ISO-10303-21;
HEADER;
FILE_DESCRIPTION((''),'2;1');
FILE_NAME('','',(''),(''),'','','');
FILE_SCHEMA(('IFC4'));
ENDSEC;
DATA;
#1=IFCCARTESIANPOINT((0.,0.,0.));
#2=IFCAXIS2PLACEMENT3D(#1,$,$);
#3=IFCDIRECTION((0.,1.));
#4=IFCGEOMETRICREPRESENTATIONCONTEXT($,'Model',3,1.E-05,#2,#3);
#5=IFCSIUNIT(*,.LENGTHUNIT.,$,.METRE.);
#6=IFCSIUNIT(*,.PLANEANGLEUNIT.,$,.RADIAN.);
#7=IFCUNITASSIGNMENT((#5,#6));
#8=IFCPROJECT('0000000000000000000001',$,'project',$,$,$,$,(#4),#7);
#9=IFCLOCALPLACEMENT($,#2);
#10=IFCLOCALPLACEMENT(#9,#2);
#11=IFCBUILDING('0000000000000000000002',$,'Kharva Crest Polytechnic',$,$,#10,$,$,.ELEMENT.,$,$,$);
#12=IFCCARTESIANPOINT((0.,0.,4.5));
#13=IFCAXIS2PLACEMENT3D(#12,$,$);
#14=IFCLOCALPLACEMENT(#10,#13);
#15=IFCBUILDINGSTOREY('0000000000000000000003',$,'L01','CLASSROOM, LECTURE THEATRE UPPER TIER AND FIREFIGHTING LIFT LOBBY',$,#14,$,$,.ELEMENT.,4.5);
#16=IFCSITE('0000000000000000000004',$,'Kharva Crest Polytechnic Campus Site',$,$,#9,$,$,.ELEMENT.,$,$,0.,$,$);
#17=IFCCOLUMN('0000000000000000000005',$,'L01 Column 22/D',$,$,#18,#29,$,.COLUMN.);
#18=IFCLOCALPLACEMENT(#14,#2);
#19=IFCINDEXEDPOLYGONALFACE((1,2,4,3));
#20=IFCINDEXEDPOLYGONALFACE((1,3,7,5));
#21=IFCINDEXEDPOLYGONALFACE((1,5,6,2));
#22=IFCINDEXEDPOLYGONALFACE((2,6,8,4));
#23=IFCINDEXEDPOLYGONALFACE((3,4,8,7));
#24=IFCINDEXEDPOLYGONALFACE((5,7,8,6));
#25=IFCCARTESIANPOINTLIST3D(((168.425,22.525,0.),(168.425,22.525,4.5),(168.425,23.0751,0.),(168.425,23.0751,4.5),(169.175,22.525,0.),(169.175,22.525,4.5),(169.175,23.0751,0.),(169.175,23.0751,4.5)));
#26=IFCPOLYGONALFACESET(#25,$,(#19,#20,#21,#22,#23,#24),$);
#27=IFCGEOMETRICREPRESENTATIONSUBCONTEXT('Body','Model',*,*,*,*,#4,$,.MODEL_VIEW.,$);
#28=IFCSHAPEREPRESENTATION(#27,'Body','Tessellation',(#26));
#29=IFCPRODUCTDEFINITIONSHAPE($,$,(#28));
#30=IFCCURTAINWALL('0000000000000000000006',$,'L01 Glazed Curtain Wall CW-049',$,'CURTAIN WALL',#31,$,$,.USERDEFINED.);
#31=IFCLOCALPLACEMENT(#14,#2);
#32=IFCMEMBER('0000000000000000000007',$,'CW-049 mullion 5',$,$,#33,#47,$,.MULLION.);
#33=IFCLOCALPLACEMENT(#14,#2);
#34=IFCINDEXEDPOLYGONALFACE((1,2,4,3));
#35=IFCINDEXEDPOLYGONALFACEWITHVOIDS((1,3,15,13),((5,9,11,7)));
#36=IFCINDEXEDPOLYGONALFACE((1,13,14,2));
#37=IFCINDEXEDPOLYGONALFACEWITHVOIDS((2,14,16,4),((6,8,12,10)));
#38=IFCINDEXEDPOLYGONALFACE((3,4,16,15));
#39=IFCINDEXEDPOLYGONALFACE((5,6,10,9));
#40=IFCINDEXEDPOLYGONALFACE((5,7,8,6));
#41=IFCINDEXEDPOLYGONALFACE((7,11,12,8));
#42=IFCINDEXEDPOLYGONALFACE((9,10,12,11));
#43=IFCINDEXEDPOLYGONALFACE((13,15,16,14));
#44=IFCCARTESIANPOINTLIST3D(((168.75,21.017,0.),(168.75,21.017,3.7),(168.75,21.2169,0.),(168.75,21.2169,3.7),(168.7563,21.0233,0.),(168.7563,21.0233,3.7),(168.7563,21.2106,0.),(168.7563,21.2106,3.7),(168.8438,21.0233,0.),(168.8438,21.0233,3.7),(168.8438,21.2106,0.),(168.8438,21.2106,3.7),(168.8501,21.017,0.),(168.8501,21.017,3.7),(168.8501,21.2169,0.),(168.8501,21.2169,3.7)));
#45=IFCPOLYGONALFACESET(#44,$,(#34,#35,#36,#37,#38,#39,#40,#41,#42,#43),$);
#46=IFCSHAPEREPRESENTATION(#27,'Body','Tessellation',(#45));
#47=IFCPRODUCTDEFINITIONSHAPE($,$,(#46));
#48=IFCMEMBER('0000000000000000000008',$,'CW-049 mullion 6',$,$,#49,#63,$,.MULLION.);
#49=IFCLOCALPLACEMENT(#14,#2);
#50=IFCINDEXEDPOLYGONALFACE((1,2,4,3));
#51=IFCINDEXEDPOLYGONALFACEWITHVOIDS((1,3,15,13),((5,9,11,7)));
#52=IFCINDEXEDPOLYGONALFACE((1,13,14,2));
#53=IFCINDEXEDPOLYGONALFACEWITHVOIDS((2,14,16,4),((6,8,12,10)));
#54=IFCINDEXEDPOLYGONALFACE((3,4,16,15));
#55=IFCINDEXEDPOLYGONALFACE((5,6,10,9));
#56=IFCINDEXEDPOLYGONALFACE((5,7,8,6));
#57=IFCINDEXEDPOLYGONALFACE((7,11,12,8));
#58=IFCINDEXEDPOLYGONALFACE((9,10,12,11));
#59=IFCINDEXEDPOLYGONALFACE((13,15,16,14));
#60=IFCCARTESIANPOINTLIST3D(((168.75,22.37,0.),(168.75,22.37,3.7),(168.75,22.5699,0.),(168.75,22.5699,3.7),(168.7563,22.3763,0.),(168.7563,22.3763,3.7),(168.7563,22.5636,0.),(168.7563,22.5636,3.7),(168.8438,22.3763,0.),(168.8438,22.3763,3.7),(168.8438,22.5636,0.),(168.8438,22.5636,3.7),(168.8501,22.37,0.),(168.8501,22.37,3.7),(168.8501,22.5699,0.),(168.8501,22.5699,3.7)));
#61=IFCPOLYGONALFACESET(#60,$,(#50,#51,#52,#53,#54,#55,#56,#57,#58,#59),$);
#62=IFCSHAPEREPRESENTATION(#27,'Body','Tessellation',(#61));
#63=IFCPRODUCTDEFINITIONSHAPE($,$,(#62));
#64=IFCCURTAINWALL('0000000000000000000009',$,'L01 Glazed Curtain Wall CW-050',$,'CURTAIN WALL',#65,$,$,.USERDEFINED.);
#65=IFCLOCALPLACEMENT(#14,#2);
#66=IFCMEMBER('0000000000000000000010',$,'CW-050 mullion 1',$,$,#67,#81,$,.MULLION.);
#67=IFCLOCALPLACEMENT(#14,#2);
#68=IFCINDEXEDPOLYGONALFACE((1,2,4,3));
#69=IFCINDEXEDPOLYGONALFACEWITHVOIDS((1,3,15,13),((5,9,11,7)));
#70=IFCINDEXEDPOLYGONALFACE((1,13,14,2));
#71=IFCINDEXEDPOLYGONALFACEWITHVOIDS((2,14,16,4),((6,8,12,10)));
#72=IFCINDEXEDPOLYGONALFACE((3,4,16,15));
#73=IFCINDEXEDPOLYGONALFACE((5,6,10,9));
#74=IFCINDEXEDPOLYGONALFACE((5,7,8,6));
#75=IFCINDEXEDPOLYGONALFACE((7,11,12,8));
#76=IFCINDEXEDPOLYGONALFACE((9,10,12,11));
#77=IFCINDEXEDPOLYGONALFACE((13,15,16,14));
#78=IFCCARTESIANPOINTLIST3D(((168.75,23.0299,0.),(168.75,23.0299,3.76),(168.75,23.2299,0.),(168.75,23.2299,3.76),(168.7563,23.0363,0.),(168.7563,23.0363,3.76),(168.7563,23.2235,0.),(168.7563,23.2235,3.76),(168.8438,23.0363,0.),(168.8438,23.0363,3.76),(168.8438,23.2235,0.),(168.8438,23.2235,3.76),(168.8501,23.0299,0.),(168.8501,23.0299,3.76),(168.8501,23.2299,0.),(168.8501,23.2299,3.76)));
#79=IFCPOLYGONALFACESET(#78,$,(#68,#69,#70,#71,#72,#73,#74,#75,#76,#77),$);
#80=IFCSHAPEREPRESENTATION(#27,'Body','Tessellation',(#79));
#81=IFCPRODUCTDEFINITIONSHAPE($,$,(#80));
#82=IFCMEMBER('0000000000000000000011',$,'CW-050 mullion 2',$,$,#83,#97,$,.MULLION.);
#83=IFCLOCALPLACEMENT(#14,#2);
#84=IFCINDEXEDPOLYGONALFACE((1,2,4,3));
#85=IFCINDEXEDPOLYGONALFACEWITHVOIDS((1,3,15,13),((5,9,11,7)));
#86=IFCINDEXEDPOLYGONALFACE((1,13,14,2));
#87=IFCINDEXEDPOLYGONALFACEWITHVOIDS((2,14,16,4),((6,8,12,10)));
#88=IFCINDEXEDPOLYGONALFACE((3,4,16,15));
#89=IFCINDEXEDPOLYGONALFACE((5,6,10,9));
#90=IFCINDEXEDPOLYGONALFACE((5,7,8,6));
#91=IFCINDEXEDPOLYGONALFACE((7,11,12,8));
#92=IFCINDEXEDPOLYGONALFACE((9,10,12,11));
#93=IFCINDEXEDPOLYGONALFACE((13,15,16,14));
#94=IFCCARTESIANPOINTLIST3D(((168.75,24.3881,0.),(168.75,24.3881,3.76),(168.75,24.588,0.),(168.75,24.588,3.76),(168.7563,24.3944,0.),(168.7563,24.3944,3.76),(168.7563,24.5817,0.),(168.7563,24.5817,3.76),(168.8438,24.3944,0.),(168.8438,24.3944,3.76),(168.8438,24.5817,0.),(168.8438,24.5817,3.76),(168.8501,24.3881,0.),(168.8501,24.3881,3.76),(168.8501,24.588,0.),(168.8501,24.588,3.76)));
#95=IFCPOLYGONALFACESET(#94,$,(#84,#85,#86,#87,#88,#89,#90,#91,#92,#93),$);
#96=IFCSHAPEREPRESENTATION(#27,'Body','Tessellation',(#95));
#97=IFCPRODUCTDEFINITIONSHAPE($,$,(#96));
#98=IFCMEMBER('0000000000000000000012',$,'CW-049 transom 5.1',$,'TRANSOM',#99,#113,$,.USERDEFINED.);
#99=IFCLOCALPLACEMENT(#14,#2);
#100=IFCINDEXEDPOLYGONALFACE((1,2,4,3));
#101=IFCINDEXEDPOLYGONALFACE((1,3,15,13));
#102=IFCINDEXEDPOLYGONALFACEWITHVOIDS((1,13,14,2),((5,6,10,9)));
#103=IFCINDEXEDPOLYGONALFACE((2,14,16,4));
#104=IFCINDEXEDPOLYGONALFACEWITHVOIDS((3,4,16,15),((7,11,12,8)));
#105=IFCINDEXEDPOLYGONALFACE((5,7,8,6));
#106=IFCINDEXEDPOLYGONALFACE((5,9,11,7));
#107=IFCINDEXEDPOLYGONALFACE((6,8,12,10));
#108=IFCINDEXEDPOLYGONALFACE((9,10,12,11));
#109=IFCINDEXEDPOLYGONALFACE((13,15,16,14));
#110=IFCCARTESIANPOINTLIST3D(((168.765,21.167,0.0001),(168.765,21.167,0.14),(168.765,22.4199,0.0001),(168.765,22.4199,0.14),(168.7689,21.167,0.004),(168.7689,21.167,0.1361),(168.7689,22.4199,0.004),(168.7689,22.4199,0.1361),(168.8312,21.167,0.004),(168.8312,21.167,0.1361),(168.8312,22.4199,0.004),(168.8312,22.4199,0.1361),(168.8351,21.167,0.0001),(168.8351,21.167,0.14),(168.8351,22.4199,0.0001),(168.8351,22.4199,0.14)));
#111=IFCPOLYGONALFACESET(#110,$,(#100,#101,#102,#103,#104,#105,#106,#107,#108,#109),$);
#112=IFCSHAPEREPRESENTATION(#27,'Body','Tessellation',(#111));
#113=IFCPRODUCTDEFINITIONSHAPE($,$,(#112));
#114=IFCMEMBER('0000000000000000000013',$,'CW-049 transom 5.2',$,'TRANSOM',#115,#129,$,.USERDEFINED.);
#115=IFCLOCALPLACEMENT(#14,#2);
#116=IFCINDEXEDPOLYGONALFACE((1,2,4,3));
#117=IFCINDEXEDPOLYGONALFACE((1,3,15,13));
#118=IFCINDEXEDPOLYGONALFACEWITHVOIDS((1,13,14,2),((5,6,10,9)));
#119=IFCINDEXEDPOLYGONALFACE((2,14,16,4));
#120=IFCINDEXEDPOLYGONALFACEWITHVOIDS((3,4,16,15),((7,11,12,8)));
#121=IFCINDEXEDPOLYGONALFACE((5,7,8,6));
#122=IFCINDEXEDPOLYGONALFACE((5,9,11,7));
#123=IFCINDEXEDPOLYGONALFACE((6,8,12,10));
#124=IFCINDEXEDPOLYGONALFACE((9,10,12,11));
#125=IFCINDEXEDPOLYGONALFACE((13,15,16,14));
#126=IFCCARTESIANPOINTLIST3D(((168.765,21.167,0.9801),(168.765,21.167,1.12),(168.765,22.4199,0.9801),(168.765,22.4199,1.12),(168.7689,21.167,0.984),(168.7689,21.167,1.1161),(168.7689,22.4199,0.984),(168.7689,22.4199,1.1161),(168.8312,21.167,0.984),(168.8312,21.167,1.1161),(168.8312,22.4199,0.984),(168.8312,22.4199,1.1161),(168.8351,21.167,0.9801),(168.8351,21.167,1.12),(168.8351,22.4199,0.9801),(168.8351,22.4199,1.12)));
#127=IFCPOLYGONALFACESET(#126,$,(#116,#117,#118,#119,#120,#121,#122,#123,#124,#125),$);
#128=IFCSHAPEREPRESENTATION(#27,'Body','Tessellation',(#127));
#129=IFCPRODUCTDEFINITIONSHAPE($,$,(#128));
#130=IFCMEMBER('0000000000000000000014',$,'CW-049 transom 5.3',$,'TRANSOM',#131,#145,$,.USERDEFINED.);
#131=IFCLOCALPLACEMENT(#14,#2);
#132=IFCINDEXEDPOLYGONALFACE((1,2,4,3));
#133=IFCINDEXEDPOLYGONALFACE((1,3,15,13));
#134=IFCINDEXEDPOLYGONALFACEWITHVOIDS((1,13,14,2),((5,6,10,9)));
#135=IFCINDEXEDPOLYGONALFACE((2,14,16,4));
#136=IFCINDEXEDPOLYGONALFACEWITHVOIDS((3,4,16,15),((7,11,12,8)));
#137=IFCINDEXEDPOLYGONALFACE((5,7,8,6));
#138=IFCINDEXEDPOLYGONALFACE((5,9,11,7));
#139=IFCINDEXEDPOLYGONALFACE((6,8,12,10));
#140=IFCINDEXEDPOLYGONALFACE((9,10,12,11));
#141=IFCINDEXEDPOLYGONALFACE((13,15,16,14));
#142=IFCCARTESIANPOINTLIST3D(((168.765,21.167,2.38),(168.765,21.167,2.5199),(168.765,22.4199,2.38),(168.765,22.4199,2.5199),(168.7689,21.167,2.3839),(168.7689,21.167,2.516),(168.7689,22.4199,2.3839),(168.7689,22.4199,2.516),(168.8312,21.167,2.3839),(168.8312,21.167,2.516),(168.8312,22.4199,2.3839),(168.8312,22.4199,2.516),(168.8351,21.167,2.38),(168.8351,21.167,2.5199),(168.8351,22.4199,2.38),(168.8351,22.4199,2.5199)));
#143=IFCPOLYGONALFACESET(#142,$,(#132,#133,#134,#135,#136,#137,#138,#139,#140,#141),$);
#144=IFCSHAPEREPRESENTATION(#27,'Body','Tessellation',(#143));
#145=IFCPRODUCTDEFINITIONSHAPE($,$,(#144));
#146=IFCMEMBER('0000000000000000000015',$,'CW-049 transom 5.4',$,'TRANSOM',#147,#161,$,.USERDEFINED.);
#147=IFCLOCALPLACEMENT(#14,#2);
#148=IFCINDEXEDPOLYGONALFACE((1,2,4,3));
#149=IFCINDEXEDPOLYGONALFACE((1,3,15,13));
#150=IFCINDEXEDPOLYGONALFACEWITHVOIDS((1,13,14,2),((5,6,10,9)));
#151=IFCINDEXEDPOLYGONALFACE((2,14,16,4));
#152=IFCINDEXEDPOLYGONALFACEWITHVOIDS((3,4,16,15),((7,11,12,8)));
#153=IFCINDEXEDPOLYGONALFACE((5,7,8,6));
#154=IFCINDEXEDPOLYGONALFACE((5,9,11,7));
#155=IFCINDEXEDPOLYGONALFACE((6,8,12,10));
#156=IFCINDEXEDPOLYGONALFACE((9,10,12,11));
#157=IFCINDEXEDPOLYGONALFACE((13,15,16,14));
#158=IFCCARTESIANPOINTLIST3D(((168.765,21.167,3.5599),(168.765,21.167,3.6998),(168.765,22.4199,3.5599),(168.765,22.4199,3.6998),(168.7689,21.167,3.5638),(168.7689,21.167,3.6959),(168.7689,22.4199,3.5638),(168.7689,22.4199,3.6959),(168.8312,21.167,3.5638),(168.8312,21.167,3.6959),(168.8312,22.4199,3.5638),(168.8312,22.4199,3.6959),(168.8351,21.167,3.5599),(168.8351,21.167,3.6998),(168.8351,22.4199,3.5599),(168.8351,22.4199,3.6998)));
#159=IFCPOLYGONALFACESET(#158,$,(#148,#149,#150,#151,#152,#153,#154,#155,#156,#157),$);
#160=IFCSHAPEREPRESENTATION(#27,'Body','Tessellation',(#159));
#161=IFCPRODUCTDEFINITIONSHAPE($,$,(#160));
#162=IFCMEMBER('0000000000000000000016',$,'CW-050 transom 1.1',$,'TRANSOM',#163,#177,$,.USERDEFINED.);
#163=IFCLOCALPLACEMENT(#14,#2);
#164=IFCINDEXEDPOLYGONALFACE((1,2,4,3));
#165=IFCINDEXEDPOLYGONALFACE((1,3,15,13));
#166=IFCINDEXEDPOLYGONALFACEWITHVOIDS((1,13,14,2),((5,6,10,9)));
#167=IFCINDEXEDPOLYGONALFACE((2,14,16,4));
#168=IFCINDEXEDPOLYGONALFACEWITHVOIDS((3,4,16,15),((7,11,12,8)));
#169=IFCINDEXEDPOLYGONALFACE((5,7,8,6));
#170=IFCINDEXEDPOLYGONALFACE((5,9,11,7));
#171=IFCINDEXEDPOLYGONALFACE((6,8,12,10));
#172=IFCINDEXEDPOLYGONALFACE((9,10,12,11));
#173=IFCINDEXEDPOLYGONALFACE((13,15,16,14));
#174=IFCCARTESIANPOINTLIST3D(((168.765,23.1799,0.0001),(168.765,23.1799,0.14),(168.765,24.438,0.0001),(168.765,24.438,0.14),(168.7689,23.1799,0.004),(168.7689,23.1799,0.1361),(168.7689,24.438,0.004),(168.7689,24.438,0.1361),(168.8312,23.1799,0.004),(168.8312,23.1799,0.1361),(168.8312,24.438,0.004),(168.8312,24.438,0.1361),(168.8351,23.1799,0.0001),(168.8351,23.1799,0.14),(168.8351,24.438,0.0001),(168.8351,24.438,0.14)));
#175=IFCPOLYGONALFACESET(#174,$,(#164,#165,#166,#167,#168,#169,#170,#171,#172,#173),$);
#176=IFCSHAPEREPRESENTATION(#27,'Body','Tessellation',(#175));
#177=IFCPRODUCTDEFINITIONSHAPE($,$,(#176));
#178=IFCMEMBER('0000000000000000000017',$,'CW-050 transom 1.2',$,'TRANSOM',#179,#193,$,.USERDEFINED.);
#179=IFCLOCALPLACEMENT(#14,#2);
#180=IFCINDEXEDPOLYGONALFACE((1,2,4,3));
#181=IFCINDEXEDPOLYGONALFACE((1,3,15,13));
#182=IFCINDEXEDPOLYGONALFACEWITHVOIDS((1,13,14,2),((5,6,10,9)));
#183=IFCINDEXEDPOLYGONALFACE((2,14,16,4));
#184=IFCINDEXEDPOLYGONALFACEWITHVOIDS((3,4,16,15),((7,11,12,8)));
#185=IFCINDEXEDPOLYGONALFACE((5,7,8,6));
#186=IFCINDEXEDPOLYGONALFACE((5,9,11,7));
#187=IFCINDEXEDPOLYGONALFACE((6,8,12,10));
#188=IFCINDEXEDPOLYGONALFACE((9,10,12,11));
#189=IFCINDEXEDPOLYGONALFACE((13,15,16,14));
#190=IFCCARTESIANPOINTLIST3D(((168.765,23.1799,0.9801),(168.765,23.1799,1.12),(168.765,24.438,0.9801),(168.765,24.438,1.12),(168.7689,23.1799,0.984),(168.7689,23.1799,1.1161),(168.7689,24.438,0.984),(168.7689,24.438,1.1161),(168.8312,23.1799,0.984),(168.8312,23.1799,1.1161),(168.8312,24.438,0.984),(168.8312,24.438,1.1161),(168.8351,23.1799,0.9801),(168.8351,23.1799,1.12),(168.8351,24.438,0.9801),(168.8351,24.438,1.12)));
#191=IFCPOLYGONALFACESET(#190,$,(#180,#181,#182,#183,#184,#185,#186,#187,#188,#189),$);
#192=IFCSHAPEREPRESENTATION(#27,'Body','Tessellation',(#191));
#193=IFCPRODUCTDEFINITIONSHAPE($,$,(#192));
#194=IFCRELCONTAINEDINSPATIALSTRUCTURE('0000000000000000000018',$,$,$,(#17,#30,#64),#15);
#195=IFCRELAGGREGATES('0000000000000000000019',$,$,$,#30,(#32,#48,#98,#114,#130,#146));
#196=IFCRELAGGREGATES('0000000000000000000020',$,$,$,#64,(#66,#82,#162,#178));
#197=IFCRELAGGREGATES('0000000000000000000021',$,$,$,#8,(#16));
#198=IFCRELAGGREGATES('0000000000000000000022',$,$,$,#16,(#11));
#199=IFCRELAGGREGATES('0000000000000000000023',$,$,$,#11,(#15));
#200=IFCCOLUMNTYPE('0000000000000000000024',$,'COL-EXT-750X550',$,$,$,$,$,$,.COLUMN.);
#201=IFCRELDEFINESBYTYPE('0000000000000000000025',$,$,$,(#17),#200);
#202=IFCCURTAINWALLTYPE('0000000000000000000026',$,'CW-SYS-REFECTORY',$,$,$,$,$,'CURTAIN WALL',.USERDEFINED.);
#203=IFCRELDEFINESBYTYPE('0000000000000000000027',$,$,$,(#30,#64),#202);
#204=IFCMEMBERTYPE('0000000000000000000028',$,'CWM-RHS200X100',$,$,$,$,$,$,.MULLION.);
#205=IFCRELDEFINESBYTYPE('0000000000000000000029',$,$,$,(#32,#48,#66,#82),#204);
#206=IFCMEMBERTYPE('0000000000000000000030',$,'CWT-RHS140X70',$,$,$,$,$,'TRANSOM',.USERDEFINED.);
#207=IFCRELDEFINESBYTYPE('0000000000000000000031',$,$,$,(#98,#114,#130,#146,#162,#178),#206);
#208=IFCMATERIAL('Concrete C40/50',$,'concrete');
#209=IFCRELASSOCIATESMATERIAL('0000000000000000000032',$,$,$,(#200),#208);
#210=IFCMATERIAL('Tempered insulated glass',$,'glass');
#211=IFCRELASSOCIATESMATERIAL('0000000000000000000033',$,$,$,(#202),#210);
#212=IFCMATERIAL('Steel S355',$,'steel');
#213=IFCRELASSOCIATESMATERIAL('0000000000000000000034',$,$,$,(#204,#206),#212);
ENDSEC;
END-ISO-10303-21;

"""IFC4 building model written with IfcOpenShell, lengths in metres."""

from ifc_helpers import new_model, si_unit, direction, frame, origin, origin_2d, place, context, subcontext, project, spatial, rectangle, hollow_rectangle, extrude, material, material_profile, profile_set, type_object, element, aggregate, save


model = new_model("IFC4")

# Units and contexts
model_context = context("Model", 3, precision=1e-05, world=origin(), true_north=direction((0.0, 1.0)))
body_context = subcontext(model_context, "Body", "Model", "MODEL_VIEW")
ifc_project = project(units=[si_unit("LENGTHUNIT", "METRE"), si_unit("PLANEANGLEUNIT", "RADIAN")], contexts=[model_context])

# Site, building, storey
site_placement = place(None, origin())
site = spatial("IfcSite", under=ifc_project, at=site_placement, Name="Kharva Crest Polytechnic Campus Site", CompositionType="ELEMENT", RefElevation=0.0)
building_placement = place(site_placement, origin())
building = spatial("IfcBuilding", under=site, at=building_placement, Name="Kharva Crest Polytechnic", CompositionType="ELEMENT")
storey_placement = place(building_placement, frame((0.0, 0.0, 4.5)))
storey = spatial("IfcBuildingStorey", under=building, at=storey_placement, Name="L01", Description="CLASSROOM, LECTURE THEATRE UPPER TIER AND FIREFIGHTING LIFT LOBBY", CompositionType="ELEMENT", Elevation=4.5)

# Column
ifc_material_1 = material(Name="Concrete C40/50", Category="concrete")
ifc_material_profile_1 = material_profile(ifc_material_1, rectangle(XDim=0.75, YDim=0.55, at=origin_2d()), Name="RECT 750 X 550")
ifc_profile_set_1 = profile_set([ifc_material_profile_1], Name="Concrete C40/50")
column_type = type_object("IfcColumnType", Name="COL-EXT-750X550", PredefinedType="COLUMN", material=ifc_profile_set_1)
column_placement = place(storey_placement, frame((168.8, 22.8, 0.0), z_axis=(0.0, 0.0, 1.0), x_axis=(1.0, 0.0, 0.0)))
element("IfcColumn", 1, at=column_placement, inside=storey, type_object=column_type, Name="L01 Column 22/D", PredefinedType="COLUMN", context=body_context, shape_type="SweptSolid", body=[
    extrude(rectangle(XDim=0.75, YDim=0.55, at=origin_2d()), origin(), (0.0, 0.0, 1.0), 4.5),
])

# Curtain walls, members
ifc_material_2 = material(Name="Tempered insulated glass", Category="glass")
curtain_wall_type = type_object("IfcCurtainWallType", Name="CW-SYS-REFECTORY", ElementType="CURTAIN WALL", PredefinedType="USERDEFINED", material=ifc_material_2)
curtain_wall_1_placement = place(storey_placement, origin())
curtain_wall_1 = element("IfcCurtainWall", 2, at=curtain_wall_1_placement, inside=storey, type_object=curtain_wall_type, Name="L01 Glazed Curtain Wall CW-049", ObjectType="CURTAIN WALL", PredefinedType="USERDEFINED")
ifc_material_3 = material(Name="Steel S355", Category="steel")
ifc_material_profile_2 = material_profile(ifc_material_3, hollow_rectangle(XDim=0.1001, YDim=0.2, WallThickness=0.0063, at=origin_2d()), Name="RHS 200X100X6.3")
ifc_profile_set_2 = profile_set([ifc_material_profile_2], Name="Steel S355")
member_type_1 = type_object("IfcMemberType", Name="CWM-RHS200X100", PredefinedType="MULLION", material=ifc_profile_set_2)
member_1_placement = place(storey_placement, frame((168.8, 21.1169, 0.0), z_axis=(0.0, 0.0, 1.0), x_axis=(-1.0, 0.0, 0.0)))
member_1 = element("IfcMember", 3, at=member_1_placement, type_object=member_type_1, Name="CW-049 mullion 5", PredefinedType="MULLION", context=body_context, shape_type="SweptSolid", body=[
    extrude(hollow_rectangle(XDim=0.1001, YDim=0.2, WallThickness=0.0063, at=origin_2d()), origin(), (0.0, 0.0, 1.0), 3.7),
])
member_2_placement = place(storey_placement, frame((168.8, 22.47, 0.0), z_axis=(0.0, 0.0, 1.0), x_axis=(-1.0, 0.0, 0.0)))
member_2 = element("IfcMember", 4, at=member_2_placement, type_object=member_type_1, Name="CW-049 mullion 6", PredefinedType="MULLION", context=body_context, shape_type="SweptSolid", body=[
    extrude(hollow_rectangle(XDim=0.1001, YDim=0.2, WallThickness=0.0063, at=origin_2d()), origin(), (0.0, 0.0, 1.0), 3.7),
])
curtain_wall_2_placement = place(storey_placement, origin())
curtain_wall_2 = element("IfcCurtainWall", 5, at=curtain_wall_2_placement, inside=storey, type_object=curtain_wall_type, Name="L01 Glazed Curtain Wall CW-050", ObjectType="CURTAIN WALL", PredefinedType="USERDEFINED")
member_3_placement = place(storey_placement, frame((168.8, 23.1299, 0.0), z_axis=(0.0, 0.0, 1.0), x_axis=(-1.0, 0.0, 0.0)))
member_3 = element("IfcMember", 6, at=member_3_placement, type_object=member_type_1, Name="CW-050 mullion 1", PredefinedType="MULLION", context=body_context, shape_type="SweptSolid", body=[
    extrude(hollow_rectangle(XDim=0.1001, YDim=0.2, WallThickness=0.0063, at=origin_2d()), origin(), (0.0, 0.0, 1.0), 3.76),
])
member_4_placement = place(storey_placement, frame((168.8, 24.488, 0.0), z_axis=(0.0, 0.0, 1.0), x_axis=(-1.0, 0.0, 0.0)))
member_4 = element("IfcMember", 7, at=member_4_placement, type_object=member_type_1, Name="CW-050 mullion 2", PredefinedType="MULLION", context=body_context, shape_type="SweptSolid", body=[
    extrude(hollow_rectangle(XDim=0.1001, YDim=0.2, WallThickness=0.0063, at=origin_2d()), origin(), (0.0, 0.0, 1.0), 3.76),
])

# Members
ifc_material_profile_3 = material_profile(ifc_material_3, hollow_rectangle(XDim=0.0701, YDim=0.1399, WallThickness=0.0039, at=origin_2d()), Name="RHS 140X70X4.0")
ifc_profile_set_3 = profile_set([ifc_material_profile_3], Name="Steel S355")
member_type_2 = type_object("IfcMemberType", Name="CWT-RHS140X70", ElementType="TRANSOM", PredefinedType="USERDEFINED", material=ifc_profile_set_3)
member_5_placement = place(storey_placement, frame((168.8, 21.167, 0.0701), z_axis=(0.0, 1.0, 0.0), x_axis=(-1.0, 0.0, 0.0)))
member_5 = element("IfcMember", 8, at=member_5_placement, type_object=member_type_2, Name="CW-049 transom 5.1", ObjectType="TRANSOM", PredefinedType="USERDEFINED", context=body_context, shape_type="SweptSolid", body=[
    extrude(hollow_rectangle(XDim=0.0701, YDim=0.1399, WallThickness=0.0039, at=origin_2d()), origin(), (0.0, 0.0, 1.0), 1.2529),
])
member_6_placement = place(storey_placement, frame((168.8, 21.167, 1.05), z_axis=(0.0, 1.0, 0.0), x_axis=(-1.0, 0.0, 0.0)))
member_6 = element("IfcMember", 9, at=member_6_placement, type_object=member_type_2, Name="CW-049 transom 5.2", ObjectType="TRANSOM", PredefinedType="USERDEFINED", context=body_context, shape_type="SweptSolid", body=[
    extrude(hollow_rectangle(XDim=0.0701, YDim=0.1399, WallThickness=0.0039, at=origin_2d()), origin(), (0.0, 0.0, 1.0), 1.2529),
])
member_7_placement = place(storey_placement, frame((168.8, 21.167, 2.45), z_axis=(0.0, 1.0, 0.0), x_axis=(-1.0, 0.0, 0.0)))
member_7 = element("IfcMember", 10, at=member_7_placement, type_object=member_type_2, Name="CW-049 transom 5.3", ObjectType="TRANSOM", PredefinedType="USERDEFINED", context=body_context, shape_type="SweptSolid", body=[
    extrude(hollow_rectangle(XDim=0.0701, YDim=0.1399, WallThickness=0.0039, at=origin_2d()), origin(), (0.0, 0.0, 1.0), 1.2529),
])
member_8_placement = place(storey_placement, frame((168.8, 21.167, 3.6299), z_axis=(0.0, 1.0, 0.0), x_axis=(-1.0, 0.0, 0.0)))
member_8 = element("IfcMember", 11, at=member_8_placement, type_object=member_type_2, Name="CW-049 transom 5.4", ObjectType="TRANSOM", PredefinedType="USERDEFINED", context=body_context, shape_type="SweptSolid", body=[
    extrude(hollow_rectangle(XDim=0.0701, YDim=0.1399, WallThickness=0.0039, at=origin_2d()), origin(), (0.0, 0.0, 1.0), 1.2529),
])
member_9_placement = place(storey_placement, frame((168.8, 23.1799, 0.0701), z_axis=(0.0, 1.0, 0.0), x_axis=(-1.0, 0.0, 0.0)))
member_9 = element("IfcMember", 12, at=member_9_placement, type_object=member_type_2, Name="CW-050 transom 1.1", ObjectType="TRANSOM", PredefinedType="USERDEFINED", context=body_context, shape_type="SweptSolid", body=[
    extrude(hollow_rectangle(XDim=0.0701, YDim=0.1399, WallThickness=0.0039, at=origin_2d()), origin(), (0.0, 0.0, 1.0), 1.2581),
])
member_10_placement = place(storey_placement, frame((168.8, 23.1799, 1.05), z_axis=(0.0, 1.0, 0.0), x_axis=(-1.0, 0.0, 0.0)))
member_10 = element("IfcMember", 13, at=member_10_placement, type_object=member_type_2, Name="CW-050 transom 1.2", ObjectType="TRANSOM", PredefinedType="USERDEFINED", context=body_context, shape_type="SweptSolid", body=[
    extrude(hollow_rectangle(XDim=0.0701, YDim=0.1399, WallThickness=0.0039, at=origin_2d()), origin(), (0.0, 0.0, 1.0), 1.2581),
])

aggregate(curtain_wall_1, [member_1, member_2, member_5, member_6, member_7, member_8])
aggregate(curtain_wall_2, [member_3, member_4, member_9, member_10])

save(model, "model.ifc")
